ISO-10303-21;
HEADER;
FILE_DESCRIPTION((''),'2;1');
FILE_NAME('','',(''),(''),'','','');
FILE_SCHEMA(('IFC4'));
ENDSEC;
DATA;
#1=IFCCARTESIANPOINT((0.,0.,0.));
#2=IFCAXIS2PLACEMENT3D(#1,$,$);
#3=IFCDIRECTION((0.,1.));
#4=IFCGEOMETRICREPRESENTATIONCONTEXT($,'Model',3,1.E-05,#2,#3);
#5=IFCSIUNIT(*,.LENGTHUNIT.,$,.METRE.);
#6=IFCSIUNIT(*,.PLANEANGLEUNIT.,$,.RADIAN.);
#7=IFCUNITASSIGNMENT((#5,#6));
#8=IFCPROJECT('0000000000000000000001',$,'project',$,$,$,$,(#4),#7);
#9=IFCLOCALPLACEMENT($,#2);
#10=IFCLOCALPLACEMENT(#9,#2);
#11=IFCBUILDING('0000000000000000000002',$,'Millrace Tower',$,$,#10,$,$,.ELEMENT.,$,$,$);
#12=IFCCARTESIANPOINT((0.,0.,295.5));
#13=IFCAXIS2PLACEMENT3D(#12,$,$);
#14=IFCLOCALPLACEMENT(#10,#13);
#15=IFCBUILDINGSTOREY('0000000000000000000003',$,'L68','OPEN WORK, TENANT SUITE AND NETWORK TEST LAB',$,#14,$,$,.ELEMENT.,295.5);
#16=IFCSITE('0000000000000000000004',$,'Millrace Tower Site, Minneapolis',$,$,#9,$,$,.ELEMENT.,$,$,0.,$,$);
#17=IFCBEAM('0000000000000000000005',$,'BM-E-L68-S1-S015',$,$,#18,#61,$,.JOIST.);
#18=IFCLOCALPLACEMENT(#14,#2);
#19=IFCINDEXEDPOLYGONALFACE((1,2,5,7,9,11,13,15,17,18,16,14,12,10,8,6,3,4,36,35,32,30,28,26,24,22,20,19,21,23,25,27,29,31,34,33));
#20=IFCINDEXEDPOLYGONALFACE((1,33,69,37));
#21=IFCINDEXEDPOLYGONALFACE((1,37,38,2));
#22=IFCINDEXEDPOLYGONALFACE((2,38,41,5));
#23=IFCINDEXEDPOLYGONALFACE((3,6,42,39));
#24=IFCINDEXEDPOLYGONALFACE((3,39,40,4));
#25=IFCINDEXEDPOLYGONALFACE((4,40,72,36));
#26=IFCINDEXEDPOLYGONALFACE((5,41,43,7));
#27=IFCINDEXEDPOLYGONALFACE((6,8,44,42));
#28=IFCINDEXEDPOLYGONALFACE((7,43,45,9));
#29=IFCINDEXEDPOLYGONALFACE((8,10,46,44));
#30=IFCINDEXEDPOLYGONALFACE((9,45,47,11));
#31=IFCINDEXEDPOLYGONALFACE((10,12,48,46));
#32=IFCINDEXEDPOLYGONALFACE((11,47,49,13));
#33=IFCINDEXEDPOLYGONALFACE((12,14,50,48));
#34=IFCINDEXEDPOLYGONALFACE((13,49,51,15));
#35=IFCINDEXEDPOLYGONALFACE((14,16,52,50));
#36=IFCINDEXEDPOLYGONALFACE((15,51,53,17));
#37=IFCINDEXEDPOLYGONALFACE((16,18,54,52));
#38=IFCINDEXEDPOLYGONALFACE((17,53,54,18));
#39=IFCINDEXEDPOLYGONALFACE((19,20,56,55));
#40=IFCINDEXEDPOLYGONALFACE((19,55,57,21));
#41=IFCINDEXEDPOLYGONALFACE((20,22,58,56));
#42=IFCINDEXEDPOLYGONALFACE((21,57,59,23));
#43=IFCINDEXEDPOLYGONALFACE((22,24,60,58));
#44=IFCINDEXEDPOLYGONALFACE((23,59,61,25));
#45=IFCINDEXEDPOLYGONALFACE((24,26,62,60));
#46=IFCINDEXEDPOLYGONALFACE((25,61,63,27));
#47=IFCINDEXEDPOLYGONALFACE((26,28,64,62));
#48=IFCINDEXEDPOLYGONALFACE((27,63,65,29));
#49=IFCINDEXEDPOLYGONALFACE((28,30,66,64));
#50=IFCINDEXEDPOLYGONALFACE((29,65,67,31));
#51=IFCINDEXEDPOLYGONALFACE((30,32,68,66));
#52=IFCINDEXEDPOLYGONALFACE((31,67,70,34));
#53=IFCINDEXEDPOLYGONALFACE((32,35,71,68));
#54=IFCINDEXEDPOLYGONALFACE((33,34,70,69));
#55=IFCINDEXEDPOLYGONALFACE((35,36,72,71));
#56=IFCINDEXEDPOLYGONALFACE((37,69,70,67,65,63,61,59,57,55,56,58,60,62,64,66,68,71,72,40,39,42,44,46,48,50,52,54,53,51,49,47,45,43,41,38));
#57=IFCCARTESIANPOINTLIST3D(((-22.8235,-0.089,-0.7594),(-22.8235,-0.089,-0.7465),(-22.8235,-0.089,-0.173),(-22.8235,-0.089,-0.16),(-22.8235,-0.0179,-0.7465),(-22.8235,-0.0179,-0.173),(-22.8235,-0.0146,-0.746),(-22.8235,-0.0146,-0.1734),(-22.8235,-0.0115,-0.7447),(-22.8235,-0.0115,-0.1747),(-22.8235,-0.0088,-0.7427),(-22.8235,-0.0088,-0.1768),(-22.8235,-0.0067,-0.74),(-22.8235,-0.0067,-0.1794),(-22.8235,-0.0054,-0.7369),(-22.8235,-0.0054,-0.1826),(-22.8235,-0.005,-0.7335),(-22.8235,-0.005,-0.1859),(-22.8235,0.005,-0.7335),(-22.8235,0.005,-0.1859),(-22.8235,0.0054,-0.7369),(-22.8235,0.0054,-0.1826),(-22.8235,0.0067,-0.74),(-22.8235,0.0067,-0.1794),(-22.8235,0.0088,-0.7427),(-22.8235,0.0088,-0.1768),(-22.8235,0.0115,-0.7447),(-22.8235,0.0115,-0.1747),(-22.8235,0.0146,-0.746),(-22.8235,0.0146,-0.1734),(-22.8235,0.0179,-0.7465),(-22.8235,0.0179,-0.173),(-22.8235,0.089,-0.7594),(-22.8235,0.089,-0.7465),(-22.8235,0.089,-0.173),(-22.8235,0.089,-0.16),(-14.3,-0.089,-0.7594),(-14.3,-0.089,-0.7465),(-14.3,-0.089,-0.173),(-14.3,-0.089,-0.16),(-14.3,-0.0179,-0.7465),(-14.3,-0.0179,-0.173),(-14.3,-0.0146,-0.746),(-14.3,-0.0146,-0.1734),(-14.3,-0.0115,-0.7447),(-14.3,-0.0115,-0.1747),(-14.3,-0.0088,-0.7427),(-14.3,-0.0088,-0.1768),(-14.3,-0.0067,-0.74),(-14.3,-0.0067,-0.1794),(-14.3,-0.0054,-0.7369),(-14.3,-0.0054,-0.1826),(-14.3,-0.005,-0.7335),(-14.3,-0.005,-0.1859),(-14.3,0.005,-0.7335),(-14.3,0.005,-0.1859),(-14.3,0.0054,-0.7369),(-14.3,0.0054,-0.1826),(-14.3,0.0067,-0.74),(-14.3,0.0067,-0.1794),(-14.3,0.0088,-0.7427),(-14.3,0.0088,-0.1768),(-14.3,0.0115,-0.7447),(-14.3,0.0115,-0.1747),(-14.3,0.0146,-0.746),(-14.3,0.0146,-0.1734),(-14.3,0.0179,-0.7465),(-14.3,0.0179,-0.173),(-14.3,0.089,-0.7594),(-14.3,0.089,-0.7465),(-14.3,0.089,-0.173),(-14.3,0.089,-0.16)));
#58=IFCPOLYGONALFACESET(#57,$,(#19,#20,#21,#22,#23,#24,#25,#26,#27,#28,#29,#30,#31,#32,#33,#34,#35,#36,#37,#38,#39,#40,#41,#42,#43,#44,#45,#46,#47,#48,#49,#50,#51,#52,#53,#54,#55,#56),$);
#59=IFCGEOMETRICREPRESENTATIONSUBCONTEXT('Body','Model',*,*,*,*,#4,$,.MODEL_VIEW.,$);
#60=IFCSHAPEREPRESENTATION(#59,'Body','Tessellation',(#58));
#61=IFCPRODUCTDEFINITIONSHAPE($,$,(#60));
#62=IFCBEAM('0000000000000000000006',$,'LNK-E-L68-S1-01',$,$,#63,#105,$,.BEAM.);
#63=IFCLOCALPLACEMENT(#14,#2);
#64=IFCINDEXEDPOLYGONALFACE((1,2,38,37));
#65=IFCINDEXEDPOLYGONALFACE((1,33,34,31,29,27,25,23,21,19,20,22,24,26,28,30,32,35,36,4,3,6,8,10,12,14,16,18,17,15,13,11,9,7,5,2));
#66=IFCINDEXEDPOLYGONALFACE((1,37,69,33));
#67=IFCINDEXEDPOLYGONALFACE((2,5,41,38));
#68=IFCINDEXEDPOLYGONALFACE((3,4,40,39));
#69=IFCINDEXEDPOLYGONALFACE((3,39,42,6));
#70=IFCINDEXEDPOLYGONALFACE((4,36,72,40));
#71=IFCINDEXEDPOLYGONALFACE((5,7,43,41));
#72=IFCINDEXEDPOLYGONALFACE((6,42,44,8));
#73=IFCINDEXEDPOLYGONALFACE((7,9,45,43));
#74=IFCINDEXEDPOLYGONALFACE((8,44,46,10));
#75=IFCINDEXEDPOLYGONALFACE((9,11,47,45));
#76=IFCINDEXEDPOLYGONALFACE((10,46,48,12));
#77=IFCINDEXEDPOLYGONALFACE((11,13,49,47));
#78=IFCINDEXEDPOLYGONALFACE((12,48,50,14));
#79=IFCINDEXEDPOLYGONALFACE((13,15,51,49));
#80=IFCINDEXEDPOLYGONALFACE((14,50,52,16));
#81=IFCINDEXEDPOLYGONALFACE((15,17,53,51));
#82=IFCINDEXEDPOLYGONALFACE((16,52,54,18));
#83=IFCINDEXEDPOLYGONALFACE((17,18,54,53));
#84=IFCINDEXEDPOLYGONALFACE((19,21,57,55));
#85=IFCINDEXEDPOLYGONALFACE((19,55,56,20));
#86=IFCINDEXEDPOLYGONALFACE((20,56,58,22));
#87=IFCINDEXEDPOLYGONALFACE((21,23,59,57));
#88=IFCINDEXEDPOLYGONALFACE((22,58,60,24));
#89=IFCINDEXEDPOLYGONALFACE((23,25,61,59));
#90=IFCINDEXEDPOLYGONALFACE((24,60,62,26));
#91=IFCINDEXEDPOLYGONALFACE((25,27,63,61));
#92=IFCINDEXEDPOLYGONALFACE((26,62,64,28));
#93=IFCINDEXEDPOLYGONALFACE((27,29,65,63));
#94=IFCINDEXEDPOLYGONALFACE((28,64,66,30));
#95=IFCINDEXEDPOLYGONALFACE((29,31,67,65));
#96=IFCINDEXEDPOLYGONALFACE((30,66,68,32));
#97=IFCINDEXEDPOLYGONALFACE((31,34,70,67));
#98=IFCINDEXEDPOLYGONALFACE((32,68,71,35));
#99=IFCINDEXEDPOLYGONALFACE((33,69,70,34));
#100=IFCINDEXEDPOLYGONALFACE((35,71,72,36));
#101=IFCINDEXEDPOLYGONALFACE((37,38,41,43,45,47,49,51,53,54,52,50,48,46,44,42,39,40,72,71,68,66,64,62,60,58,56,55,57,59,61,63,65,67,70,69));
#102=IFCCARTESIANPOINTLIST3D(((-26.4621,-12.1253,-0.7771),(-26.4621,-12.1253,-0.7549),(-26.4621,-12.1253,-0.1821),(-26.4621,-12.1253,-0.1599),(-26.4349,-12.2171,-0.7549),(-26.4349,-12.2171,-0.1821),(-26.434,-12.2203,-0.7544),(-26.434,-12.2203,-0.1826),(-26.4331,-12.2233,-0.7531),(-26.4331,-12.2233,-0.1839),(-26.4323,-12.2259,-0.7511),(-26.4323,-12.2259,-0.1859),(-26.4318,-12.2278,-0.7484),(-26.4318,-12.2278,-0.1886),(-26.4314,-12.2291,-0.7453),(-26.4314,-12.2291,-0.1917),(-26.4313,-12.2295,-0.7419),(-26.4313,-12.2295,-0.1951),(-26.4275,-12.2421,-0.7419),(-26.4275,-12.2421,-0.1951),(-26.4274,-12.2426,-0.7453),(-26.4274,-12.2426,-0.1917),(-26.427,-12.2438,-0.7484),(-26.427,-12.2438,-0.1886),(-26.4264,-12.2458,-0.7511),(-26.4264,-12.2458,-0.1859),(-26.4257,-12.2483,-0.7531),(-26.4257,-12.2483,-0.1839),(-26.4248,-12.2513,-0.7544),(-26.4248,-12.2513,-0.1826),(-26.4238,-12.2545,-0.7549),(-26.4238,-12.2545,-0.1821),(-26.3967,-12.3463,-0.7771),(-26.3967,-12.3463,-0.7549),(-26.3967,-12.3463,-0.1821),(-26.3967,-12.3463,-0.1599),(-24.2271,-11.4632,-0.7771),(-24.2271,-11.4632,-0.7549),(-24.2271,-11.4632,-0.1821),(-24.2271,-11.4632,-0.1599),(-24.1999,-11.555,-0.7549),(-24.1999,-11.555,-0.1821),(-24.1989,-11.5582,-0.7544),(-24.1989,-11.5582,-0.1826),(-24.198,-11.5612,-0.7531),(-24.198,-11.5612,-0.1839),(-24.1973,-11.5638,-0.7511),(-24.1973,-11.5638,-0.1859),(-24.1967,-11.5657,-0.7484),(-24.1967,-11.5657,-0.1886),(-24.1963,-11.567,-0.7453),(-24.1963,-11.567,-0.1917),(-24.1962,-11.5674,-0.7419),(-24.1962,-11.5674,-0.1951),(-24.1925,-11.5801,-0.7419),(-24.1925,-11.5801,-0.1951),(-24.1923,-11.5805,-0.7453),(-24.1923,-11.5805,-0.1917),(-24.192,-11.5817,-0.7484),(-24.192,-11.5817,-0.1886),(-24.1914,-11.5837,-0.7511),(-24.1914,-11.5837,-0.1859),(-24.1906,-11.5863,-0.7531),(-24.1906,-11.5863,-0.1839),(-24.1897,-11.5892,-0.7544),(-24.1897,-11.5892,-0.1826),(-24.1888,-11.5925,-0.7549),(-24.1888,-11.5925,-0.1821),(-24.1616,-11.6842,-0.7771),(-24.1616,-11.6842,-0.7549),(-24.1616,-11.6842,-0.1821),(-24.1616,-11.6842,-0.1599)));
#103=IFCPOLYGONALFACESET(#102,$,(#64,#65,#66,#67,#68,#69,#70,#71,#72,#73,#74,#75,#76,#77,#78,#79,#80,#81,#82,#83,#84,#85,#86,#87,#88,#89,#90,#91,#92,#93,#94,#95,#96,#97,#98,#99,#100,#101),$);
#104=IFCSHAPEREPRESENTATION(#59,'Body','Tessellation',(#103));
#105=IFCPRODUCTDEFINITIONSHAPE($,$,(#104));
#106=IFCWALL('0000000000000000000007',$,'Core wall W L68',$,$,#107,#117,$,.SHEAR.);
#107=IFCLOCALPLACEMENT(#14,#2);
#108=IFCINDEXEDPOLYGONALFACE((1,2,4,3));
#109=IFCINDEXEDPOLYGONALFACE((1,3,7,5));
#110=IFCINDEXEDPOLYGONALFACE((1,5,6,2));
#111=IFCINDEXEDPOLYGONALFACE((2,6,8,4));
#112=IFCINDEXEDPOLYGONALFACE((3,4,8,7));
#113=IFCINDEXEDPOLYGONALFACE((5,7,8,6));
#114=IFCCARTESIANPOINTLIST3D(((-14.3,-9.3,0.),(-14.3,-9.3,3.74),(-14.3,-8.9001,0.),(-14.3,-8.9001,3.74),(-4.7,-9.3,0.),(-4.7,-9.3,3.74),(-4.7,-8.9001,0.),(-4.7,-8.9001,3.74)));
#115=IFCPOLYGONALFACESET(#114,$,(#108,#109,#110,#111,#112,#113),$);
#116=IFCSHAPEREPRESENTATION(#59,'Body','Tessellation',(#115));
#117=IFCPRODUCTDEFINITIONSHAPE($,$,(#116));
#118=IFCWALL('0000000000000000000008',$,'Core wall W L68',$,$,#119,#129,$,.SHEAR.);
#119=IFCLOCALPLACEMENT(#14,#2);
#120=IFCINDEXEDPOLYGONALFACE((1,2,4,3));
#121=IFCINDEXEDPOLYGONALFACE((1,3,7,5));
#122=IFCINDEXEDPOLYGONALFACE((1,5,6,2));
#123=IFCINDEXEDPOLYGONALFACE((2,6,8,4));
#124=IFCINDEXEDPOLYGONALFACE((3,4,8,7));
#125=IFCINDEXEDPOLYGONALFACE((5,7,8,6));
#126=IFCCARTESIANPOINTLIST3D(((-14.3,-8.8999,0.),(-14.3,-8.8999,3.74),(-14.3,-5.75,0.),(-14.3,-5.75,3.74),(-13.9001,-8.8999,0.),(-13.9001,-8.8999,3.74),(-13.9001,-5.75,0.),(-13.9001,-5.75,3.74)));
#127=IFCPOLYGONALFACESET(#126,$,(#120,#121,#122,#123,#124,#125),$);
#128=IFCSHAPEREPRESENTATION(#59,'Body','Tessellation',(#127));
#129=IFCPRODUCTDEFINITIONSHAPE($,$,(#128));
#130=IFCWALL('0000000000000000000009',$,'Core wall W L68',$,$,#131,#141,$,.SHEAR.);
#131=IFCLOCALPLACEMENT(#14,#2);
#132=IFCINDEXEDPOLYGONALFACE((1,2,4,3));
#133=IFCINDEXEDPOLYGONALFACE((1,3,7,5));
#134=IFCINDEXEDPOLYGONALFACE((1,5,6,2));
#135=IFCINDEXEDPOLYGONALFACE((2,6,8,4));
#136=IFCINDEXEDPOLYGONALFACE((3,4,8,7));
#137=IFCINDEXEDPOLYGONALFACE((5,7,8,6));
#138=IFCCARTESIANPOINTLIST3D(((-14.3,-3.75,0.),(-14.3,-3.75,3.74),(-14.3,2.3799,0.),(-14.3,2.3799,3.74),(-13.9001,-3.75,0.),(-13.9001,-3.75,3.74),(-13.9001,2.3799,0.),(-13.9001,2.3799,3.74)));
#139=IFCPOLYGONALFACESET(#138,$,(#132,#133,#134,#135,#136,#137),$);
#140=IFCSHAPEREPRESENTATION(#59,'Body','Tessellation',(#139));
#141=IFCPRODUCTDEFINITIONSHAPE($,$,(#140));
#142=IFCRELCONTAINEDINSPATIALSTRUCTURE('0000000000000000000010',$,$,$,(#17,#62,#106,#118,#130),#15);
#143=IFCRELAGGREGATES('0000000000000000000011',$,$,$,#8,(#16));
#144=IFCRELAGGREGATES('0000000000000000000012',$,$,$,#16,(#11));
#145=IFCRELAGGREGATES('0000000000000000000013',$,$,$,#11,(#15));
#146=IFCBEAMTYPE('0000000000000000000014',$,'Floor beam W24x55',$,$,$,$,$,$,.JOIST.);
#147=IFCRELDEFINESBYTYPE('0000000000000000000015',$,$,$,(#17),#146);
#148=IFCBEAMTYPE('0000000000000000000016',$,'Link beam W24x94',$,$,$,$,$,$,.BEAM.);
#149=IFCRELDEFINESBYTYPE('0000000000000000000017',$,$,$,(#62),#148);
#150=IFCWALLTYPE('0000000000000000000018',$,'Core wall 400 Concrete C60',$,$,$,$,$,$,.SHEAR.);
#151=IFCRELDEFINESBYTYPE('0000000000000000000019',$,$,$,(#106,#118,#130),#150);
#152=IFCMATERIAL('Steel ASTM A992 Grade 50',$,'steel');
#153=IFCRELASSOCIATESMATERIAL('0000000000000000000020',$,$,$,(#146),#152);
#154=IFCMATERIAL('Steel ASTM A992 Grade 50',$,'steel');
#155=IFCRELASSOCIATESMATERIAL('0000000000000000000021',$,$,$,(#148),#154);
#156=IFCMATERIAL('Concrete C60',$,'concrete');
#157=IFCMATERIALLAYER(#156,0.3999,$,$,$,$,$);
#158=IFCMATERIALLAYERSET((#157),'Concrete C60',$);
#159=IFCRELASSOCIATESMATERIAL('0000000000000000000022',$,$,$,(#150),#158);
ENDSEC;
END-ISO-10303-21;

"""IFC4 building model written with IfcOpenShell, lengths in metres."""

from ifc_helpers import new_model, si_unit, direction, frame, frame_2d, origin, origin_2d, place, context, subcontext, project, spatial, rectangle, i_section, extrude, material, layer, layer_set, material_profile, profile_set, type_object, element, save


model = new_model("IFC4")

# Units and contexts
model_context = context("Model", 3, precision=1e-05, world=origin(), true_north=direction((0.0, 1.0)))
body_context = subcontext(model_context, "Body", "Model", "MODEL_VIEW")
ifc_project = project(units=[si_unit("LENGTHUNIT", "METRE"), si_unit("PLANEANGLEUNIT", "RADIAN")], contexts=[model_context])

# Site, building, storey
site_placement = place(None, origin())
site = spatial("IfcSite", under=ifc_project, at=site_placement, Name="Millrace Tower Site, Minneapolis", CompositionType="ELEMENT", RefElevation=0.0)
building_placement = place(site_placement, origin())
building = spatial("IfcBuilding", under=site, at=building_placement, Name="Millrace Tower", CompositionType="ELEMENT")
storey_placement = place(building_placement, frame((0.0, 0.0, 295.5)))
storey = spatial("IfcBuildingStorey", under=building, at=storey_placement, Name="L68", Description="OPEN WORK, TENANT SUITE AND NETWORK TEST LAB", CompositionType="ELEMENT", Elevation=295.5)

# Beams
ifc_material_1 = material(Name="Steel ASTM A992 Grade 50", Category="steel")
ifc_material_profile_1 = material_profile(ifc_material_1, i_section(OverallWidth=0.178, OverallDepth=0.5994, WebThickness=0.01, FlangeThickness=0.0129, FilletRadius=0.0129, at=origin_2d()))
ifc_profile_set_1 = profile_set([ifc_material_profile_1], Name="Steel ASTM A992 Grade 50")
beam_type_1 = type_object("IfcBeamType", Name="Floor beam W24x55", PredefinedType="JOIST", material=ifc_profile_set_1)
beam_1_placement = place(storey_placement, frame((-22.8235, 0.0, -0.4597), z_axis=(1.0, 0.0, 0.0), x_axis=(0.0, 1.0, 0.0)))
element("IfcBeam", 1, at=beam_1_placement, inside=storey, type_object=beam_type_1, Name="BM-E-L68-S1-S015", PredefinedType="JOIST", context=body_context, shape_type="SweptSolid", body=[
    extrude(i_section(OverallWidth=0.178, OverallDepth=0.5994, WebThickness=0.01, FlangeThickness=0.0129, FilletRadius=0.0129, at=origin_2d()), origin(), (0.0, 0.0, 1.0), 8.5234),
])
ifc_material_2 = material(Name="Steel ASTM A992 Grade 50", Category="steel")
ifc_material_profile_2 = material_profile(ifc_material_2, i_section(OverallWidth=0.2305, OverallDepth=0.6172, WebThickness=0.0132, FlangeThickness=0.0222, FilletRadius=0.0129, at=origin_2d()))
ifc_profile_set_2 = profile_set([ifc_material_profile_2], Name="Steel ASTM A992 Grade 50")
beam_type_2 = type_object("IfcBeamType", Name="Link beam W24x94", PredefinedType="BEAM", material=ifc_profile_set_2)
beam_2_placement = place(storey_placement, frame((-24.1943, -11.5737, -0.4685), z_axis=(-0.958815, -0.284031, 0.0), x_axis=(0.284031, -0.958815, 0.0)))
element("IfcBeam", 2, at=beam_2_placement, inside=storey, type_object=beam_type_2, Name="LNK-E-L68-S1-01", PredefinedType="BEAM", context=body_context, shape_type="SweptSolid", body=[
    extrude(i_section(OverallWidth=0.2305, OverallDepth=0.6172, WebThickness=0.0132, FlangeThickness=0.0222, FilletRadius=0.0129, at=origin_2d()), origin(), (0.0, 0.0, 1.0), 2.3311),
])

# Walls
ifc_material_3 = material(Name="Concrete C60", Category="concrete")
ifc_layer_1 = layer(ifc_material_3, 0.3999)
ifc_layer_set_1 = layer_set([ifc_layer_1], Name="Concrete C60")
wall_type_1 = type_object("IfcWallType", Name="Core wall 400 Concrete C60", PredefinedType="SHEAR", material=ifc_layer_set_1)
wall_1_placement = place(storey_placement, frame((-14.3, -9.1001, 0.0), z_axis=(0.0, 0.0, 1.0), x_axis=(1.0, 0.0, 0.0)))
element("IfcWall", 3, at=wall_1_placement, inside=storey, type_object=wall_type_1, Name="Core wall W L68", PredefinedType="SHEAR", context=body_context, shape_type="SweptSolid", body=[
    extrude(rectangle(XDim=9.6001, YDim=0.3999, at=frame_2d((4.8, 0.0))), origin(), (0.0, 0.0, 1.0), 3.74),
])
wall_2_placement = place(storey_placement, frame((-14.1001, -8.8999, 0.0), z_axis=(0.0, 0.0, 1.0), x_axis=(0.0, 1.0, 0.0)))
element("IfcWall", 4, at=wall_2_placement, inside=storey, type_object=wall_type_1, Name="Core wall W L68", PredefinedType="SHEAR", context=body_context, shape_type="SweptSolid", body=[
    extrude(rectangle(XDim=3.1499, YDim=0.3999, at=frame_2d((1.575, 0.0))), origin(), (0.0, 0.0, 1.0), 3.74),
])
wall_3_placement = place(storey_placement, frame((-14.1001, -3.75, 0.0), z_axis=(0.0, 0.0, 1.0), x_axis=(0.0, 1.0, 0.0)))
element("IfcWall", 5, at=wall_3_placement, inside=storey, type_object=wall_type_1, Name="Core wall W L68", PredefinedType="SHEAR", context=body_context, shape_type="SweptSolid", body=[
    extrude(rectangle(XDim=6.1299, YDim=0.3999, at=frame_2d((3.0649, 0.0))), origin(), (0.0, 0.0, 1.0), 3.74),
])

save(model, "model.ifc")
